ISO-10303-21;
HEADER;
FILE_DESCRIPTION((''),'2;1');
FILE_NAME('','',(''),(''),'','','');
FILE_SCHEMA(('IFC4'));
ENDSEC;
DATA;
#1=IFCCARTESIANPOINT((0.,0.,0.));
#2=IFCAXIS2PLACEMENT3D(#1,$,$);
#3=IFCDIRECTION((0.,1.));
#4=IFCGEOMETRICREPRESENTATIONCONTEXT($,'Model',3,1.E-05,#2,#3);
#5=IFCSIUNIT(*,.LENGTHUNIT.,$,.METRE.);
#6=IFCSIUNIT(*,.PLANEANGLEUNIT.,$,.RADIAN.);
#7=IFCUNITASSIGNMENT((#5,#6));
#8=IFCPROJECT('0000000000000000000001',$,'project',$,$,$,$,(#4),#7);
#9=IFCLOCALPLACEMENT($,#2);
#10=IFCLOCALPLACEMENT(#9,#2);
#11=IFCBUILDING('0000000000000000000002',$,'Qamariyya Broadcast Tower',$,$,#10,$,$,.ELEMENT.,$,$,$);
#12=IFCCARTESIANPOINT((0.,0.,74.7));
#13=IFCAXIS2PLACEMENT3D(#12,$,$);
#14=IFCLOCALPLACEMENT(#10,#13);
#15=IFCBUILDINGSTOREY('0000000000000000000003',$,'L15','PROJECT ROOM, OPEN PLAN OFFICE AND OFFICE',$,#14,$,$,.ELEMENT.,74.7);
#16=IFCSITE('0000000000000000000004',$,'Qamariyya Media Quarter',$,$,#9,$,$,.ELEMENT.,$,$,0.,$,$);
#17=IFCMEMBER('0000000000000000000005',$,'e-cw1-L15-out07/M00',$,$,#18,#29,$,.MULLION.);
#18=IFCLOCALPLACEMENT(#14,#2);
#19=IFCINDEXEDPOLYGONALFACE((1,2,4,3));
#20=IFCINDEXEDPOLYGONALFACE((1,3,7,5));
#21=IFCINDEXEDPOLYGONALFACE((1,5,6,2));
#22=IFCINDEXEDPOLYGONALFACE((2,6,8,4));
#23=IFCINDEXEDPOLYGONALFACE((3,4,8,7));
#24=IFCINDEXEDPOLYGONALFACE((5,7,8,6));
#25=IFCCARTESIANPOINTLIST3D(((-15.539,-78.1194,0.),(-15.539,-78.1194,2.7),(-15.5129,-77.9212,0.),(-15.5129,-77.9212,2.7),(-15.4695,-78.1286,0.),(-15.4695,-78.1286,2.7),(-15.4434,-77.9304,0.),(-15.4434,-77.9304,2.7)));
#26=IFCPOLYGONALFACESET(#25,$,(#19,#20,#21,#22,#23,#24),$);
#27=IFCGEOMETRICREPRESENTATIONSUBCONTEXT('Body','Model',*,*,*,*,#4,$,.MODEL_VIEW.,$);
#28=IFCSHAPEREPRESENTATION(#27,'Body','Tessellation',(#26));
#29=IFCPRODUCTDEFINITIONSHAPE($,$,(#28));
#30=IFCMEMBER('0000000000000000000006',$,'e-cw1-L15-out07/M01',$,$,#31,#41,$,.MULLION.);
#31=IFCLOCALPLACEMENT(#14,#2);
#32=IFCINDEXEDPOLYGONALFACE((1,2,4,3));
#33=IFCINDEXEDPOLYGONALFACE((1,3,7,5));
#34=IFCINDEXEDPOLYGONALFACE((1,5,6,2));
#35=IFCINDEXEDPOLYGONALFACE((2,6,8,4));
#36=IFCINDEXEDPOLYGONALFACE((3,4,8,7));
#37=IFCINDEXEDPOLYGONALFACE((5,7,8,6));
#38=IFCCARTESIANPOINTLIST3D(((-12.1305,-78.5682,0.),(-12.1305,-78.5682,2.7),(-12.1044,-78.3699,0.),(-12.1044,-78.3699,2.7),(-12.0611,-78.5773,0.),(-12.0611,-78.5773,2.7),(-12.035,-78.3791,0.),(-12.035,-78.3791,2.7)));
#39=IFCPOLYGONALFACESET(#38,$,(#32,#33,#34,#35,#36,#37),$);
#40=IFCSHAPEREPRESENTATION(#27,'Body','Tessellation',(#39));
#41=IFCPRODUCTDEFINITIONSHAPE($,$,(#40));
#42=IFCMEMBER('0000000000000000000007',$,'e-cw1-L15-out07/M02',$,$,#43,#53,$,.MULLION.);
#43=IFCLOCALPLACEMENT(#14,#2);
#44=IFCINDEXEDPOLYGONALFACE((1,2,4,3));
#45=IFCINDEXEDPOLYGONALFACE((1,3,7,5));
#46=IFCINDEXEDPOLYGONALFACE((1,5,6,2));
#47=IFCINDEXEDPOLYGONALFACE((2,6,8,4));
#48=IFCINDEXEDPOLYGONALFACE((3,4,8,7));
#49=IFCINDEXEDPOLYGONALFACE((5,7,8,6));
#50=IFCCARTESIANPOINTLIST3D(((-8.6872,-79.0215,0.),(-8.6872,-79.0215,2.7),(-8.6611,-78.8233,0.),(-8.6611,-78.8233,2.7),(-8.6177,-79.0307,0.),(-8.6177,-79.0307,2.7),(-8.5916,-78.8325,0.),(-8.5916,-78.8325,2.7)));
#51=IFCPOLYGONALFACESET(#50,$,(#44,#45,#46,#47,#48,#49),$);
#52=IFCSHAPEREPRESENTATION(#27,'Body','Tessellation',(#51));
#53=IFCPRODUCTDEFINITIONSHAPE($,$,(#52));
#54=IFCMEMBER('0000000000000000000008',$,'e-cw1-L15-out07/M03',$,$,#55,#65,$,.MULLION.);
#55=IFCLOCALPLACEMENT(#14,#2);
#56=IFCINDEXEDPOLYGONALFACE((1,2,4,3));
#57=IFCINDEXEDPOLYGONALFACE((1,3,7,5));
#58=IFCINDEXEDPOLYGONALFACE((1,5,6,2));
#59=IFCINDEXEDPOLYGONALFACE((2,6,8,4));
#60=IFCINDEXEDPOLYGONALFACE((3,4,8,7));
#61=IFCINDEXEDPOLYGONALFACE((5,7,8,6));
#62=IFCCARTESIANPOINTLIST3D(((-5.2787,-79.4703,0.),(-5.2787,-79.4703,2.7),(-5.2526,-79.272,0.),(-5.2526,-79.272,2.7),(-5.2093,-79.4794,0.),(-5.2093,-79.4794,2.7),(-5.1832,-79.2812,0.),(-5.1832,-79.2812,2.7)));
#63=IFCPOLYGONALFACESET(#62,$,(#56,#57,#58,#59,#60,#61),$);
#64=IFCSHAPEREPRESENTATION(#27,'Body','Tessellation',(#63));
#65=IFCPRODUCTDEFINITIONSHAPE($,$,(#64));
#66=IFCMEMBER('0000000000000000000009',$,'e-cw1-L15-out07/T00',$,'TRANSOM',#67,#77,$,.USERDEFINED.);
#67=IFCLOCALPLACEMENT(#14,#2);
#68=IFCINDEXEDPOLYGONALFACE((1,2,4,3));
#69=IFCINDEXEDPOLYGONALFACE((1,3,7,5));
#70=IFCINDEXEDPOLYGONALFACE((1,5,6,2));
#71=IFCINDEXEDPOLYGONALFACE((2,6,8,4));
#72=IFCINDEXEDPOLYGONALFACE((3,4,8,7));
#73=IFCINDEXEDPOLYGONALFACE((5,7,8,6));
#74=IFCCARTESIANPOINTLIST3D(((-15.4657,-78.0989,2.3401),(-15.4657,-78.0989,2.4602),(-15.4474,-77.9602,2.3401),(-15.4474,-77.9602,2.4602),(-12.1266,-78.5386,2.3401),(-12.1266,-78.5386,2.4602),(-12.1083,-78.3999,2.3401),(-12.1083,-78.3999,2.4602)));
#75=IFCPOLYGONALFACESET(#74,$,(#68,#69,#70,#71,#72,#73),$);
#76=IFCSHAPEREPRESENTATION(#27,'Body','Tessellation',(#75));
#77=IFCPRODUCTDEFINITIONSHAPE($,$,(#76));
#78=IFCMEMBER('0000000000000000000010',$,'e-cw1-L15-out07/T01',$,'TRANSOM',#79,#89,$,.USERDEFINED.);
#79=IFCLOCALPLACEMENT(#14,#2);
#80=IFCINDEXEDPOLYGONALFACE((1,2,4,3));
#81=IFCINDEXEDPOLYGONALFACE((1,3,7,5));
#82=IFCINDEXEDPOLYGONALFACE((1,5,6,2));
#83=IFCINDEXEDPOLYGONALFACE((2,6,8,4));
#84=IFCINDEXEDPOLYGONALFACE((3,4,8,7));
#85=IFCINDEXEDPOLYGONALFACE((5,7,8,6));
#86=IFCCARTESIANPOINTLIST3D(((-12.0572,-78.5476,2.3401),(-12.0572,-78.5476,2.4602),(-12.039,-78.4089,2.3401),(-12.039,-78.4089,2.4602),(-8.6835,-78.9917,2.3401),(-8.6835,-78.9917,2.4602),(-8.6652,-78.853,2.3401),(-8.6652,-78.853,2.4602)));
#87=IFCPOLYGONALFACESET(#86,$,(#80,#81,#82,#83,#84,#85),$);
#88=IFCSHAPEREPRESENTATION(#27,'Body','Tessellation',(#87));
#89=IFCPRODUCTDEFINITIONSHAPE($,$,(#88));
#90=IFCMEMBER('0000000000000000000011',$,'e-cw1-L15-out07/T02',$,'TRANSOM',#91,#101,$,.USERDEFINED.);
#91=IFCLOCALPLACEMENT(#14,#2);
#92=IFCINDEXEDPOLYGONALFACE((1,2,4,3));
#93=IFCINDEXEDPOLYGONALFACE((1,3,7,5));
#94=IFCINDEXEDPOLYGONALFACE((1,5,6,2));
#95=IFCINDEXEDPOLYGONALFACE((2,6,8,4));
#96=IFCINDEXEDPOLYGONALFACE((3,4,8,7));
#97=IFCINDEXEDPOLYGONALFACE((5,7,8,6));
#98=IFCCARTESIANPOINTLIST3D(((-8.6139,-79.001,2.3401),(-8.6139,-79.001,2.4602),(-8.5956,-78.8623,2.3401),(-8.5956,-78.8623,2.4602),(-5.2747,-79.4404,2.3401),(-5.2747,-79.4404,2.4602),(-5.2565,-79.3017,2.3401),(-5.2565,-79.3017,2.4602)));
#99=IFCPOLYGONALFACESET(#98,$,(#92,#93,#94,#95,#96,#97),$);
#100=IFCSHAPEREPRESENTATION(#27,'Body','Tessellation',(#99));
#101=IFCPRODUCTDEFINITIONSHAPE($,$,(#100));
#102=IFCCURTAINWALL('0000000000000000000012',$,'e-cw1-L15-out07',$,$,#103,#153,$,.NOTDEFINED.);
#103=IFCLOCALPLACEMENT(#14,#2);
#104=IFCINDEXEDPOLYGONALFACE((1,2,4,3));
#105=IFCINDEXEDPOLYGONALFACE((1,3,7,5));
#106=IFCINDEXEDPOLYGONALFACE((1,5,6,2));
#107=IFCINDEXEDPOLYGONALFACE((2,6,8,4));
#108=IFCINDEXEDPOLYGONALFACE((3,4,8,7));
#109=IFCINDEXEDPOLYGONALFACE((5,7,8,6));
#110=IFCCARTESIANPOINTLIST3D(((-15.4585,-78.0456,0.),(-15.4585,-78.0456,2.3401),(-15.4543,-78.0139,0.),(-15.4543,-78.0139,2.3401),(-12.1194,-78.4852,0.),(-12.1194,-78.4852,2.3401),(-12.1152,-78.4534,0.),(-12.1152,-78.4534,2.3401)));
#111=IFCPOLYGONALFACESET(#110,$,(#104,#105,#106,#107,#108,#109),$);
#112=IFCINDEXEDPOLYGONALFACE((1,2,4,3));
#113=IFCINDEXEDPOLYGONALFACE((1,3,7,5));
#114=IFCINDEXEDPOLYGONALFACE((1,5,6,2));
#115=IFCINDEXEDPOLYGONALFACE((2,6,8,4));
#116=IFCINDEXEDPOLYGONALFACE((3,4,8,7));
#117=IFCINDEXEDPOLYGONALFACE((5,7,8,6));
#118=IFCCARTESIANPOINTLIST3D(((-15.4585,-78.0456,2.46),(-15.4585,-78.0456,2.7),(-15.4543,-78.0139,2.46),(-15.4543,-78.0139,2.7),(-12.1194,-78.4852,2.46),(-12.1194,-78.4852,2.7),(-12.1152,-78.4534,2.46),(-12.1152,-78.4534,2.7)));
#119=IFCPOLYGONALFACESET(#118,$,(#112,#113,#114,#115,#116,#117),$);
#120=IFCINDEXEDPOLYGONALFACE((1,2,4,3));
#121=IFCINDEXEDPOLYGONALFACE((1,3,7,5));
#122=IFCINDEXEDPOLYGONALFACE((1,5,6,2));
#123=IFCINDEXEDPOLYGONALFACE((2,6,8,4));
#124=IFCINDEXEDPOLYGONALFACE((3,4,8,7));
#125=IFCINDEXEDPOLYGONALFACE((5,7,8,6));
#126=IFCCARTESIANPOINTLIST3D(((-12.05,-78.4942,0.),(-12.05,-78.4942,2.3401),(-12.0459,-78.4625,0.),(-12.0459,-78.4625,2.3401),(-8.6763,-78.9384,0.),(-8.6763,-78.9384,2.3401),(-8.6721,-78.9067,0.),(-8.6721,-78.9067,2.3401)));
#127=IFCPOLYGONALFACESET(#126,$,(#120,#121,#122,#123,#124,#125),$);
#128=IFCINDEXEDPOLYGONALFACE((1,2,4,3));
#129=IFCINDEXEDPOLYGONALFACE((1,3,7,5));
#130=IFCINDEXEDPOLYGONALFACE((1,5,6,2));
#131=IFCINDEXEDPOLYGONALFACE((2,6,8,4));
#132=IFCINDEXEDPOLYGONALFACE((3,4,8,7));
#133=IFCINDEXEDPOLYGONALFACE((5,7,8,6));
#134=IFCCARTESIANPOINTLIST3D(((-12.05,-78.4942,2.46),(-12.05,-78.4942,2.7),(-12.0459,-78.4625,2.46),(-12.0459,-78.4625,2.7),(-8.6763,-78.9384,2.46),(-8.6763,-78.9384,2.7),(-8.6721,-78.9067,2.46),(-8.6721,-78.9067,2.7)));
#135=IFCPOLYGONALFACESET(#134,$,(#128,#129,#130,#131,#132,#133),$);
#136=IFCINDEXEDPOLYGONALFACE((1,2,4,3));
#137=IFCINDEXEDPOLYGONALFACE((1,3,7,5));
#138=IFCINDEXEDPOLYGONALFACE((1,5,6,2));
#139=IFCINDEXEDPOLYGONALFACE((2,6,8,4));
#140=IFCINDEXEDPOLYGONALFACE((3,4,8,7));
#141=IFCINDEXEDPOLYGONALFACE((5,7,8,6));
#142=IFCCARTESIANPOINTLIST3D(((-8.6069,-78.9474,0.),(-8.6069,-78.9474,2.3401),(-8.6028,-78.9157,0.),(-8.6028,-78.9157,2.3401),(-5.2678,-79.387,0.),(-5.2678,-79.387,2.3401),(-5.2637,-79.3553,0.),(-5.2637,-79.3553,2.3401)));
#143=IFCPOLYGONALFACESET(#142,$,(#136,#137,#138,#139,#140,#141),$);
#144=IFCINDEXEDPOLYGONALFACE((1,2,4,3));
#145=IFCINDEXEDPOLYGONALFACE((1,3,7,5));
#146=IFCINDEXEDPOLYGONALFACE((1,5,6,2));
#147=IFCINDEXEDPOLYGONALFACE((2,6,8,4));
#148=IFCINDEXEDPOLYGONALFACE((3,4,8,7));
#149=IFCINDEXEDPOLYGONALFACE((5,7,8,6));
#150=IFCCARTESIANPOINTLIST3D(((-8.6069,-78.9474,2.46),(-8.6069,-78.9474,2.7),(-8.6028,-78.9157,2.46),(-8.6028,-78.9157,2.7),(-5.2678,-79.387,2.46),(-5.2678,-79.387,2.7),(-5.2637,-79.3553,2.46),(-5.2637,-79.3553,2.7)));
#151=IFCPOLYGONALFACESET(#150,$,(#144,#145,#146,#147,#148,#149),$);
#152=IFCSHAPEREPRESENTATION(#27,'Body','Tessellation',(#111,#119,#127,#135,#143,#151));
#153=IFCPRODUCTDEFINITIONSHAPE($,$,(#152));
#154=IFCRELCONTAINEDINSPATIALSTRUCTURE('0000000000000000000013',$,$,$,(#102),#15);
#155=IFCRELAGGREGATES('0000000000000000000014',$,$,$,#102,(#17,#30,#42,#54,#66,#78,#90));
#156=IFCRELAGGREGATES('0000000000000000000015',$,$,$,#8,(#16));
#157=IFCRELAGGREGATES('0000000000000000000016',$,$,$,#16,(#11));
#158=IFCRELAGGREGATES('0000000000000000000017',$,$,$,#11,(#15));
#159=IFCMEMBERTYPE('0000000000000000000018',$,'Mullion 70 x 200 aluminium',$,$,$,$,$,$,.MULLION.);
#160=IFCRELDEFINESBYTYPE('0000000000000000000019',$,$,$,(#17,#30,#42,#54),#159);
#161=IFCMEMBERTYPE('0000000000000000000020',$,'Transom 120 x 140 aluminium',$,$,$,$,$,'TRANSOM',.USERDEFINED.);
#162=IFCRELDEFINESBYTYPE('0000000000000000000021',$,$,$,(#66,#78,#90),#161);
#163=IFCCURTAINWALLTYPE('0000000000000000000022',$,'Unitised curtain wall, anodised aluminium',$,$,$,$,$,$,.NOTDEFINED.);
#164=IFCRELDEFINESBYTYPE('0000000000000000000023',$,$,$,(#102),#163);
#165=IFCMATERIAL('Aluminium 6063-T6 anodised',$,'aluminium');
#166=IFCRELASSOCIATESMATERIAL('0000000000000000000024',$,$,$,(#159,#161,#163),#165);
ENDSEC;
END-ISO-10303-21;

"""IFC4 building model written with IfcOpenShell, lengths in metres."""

from ifc_helpers import new_model, si_unit, direction, frame, origin, origin_2d, place, context, subcontext, project, spatial, rectangle, extrude, material, material_profile, profile_set, type_object, element, aggregate, save


model = new_model("IFC4")

# Units and contexts
model_context = context("Model", 3, precision=1e-05, world=origin(), true_north=direction((0.0, 1.0)))
body_context = subcontext(model_context, "Body", "Model", "MODEL_VIEW")
ifc_project = project(units=[si_unit("LENGTHUNIT", "METRE"), si_unit("PLANEANGLEUNIT", "RADIAN")], contexts=[model_context])

# Members
ifc_material = material(Name="Aluminium 6063-T6 anodised", Category="aluminium")
ifc_material_profile_1 = material_profile(ifc_material, rectangle(XDim=0.2, YDim=0.0701, at=origin_2d()))
ifc_profile_set_1 = profile_set([ifc_material_profile_1], Name="Aluminium 6063-T6 anodised")
member_type_1 = type_object("IfcMemberType", Name="Mullion 70 x 200 aluminium", PredefinedType="MULLION", material=ifc_profile_set_1)
site_placement = place(None, origin())
building_placement = place(site_placement, origin())
storey_placement = place(building_placement, frame((0.0, 0.0, 74.7)))
member_1_placement = place(storey_placement, frame((-15.4912, -78.0249, 0.0), z_axis=(0.0, 0.0, 1.0), x_axis=(0.130526, 0.991445, 0.0)))
member_1 = element("IfcMember", 1, at=member_1_placement, type_object=member_type_1, Name="e-cw1-L15-out07/M00", PredefinedType="MULLION", context=body_context, shape_type="SweptSolid", body=[
    extrude(rectangle(XDim=0.2, YDim=0.0701, at=origin_2d()), origin(), (0.0, 0.0, 1.0), 2.7),
])
member_2_placement = place(storey_placement, frame((-12.0828, -78.4736, 0.0), z_axis=(0.0, 0.0, 1.0), x_axis=(0.130526, 0.991445, 0.0)))
member_2 = element("IfcMember", 2, at=member_2_placement, type_object=member_type_1, Name="e-cw1-L15-out07/M01", PredefinedType="MULLION", context=body_context, shape_type="SweptSolid", body=[
    extrude(rectangle(XDim=0.2, YDim=0.0701, at=origin_2d()), origin(), (0.0, 0.0, 1.0), 2.7),
])
member_3_placement = place(storey_placement, frame((-8.6394, -78.927, 0.0), z_axis=(0.0, 0.0, 1.0), x_axis=(0.130526, 0.991445, 0.0)))
member_3 = element("IfcMember", 3, at=member_3_placement, type_object=member_type_1, Name="e-cw1-L15-out07/M02", PredefinedType="MULLION", context=body_context, shape_type="SweptSolid", body=[
    extrude(rectangle(XDim=0.2, YDim=0.0701, at=origin_2d()), origin(), (0.0, 0.0, 1.0), 2.7),
])
member_4_placement = place(storey_placement, frame((-5.231, -79.3757, 0.0), z_axis=(0.0, 0.0, 1.0), x_axis=(0.130526, 0.991445, 0.0)))
member_4 = element("IfcMember", 4, at=member_4_placement, type_object=member_type_1, Name="e-cw1-L15-out07/M03", PredefinedType="MULLION", context=body_context, shape_type="SweptSolid", body=[
    extrude(rectangle(XDim=0.2, YDim=0.0701, at=origin_2d()), origin(), (0.0, 0.0, 1.0), 2.7),
])
ifc_material_profile_2 = material_profile(ifc_material, rectangle(XDim=0.1399, YDim=0.1201, at=origin_2d()))
ifc_profile_set_2 = profile_set([ifc_material_profile_2], Name="Aluminium 6063-T6 anodised")
member_type_2 = type_object("IfcMemberType", Name="Transom 120 x 140 aluminium", ElementType="TRANSOM", PredefinedType="USERDEFINED", material=ifc_profile_set_2)
member_5_placement = place(storey_placement, frame((-15.4565, -78.0295, 2.4001), z_axis=(0.991441, -0.130554, 0.0), x_axis=(0.130554, 0.991441, 0.0)))
member_5 = element("IfcMember", 5, at=member_5_placement, type_object=member_type_2, Name="e-cw1-L15-out07/T00", ObjectType="TRANSOM", PredefinedType="USERDEFINED", context=body_context, shape_type="SweptSolid", body=[
    extrude(rectangle(XDim=0.1399, YDim=0.1201, at=origin_2d()), origin(), (0.0, 0.0, 1.0), 3.3679),
])
member_6_placement = place(storey_placement, frame((-12.0481, -78.4783, 2.4001), z_axis=(0.991448, -0.130505, 0.0), x_axis=(0.130505, 0.991448, 0.0)))
member_6 = element("IfcMember", 6, at=member_6_placement, type_object=member_type_2, Name="e-cw1-L15-out07/T01", ObjectType="TRANSOM", PredefinedType="USERDEFINED", context=body_context, shape_type="SweptSolid", body=[
    extrude(rectangle(XDim=0.1399, YDim=0.1201, at=origin_2d()), origin(), (0.0, 0.0, 1.0), 3.4028),
])
member_7_placement = place(storey_placement, frame((-8.6047, -78.9316, 2.4001), z_axis=(0.991451, -0.130483, 0.0), x_axis=(0.130483, 0.991451, 0.0)))
member_7 = element("IfcMember", 7, at=member_7_placement, type_object=member_type_2, Name="e-cw1-L15-out07/T02", ObjectType="TRANSOM", PredefinedType="USERDEFINED", context=body_context, shape_type="SweptSolid", body=[
    extrude(rectangle(XDim=0.1399, YDim=0.1201, at=origin_2d()), origin(), (0.0, 0.0, 1.0), 3.3679),
])

# Site, building, storey
site = spatial("IfcSite", under=ifc_project, at=site_placement, Name="Qamariyya Media Quarter", CompositionType="ELEMENT", RefElevation=0.0)
building = spatial("IfcBuilding", under=site, at=building_placement, Name="Qamariyya Broadcast Tower", CompositionType="ELEMENT")
storey = spatial("IfcBuildingStorey", under=building, at=storey_placement, Name="L15", Description="PROJECT ROOM, OPEN PLAN OFFICE AND OFFICE", CompositionType="ELEMENT", Elevation=74.7)

# Curtain wall
curtain_wall_type = type_object("IfcCurtainWallType", Name="Unitised curtain wall, anodised aluminium", PredefinedType="NOTDEFINED", material=ifc_material)
curtain_wall_1_placement = place(storey_placement, origin())
curtain_wall_1 = element("IfcCurtainWall", 8, at=curtain_wall_1_placement, inside=storey, type_object=curtain_wall_type, Name="e-cw1-L15-out07", PredefinedType="NOTDEFINED", context=body_context, shape_type="SweptSolid", body=[
    extrude(rectangle(XDim=3.3679, YDim=0.032, at=origin_2d()), frame((-13.7869, -78.2495, 0.0), x_axis=(0.991446, -0.130521, 0.0)), (0.0, 0.0, 1.0), 2.3401),
    extrude(rectangle(XDim=3.3679, YDim=0.032, at=origin_2d()), frame((-13.7869, -78.2495, 2.46), x_axis=(0.991446, -0.130521, 0.0)), (0.0, 0.0, 1.0), 0.24),
    extrude(rectangle(XDim=3.4028, YDim=0.032, at=origin_2d()), frame((-10.3611, -78.7004, 0.0), x_axis=(0.991446, -0.130521, 0.0)), (0.0, 0.0, 1.0), 2.3401),
    extrude(rectangle(XDim=3.4028, YDim=0.032, at=origin_2d()), frame((-10.3611, -78.7004, 2.46), x_axis=(0.991446, -0.130521, 0.0)), (0.0, 0.0, 1.0), 0.24),
    extrude(rectangle(XDim=3.3679, YDim=0.032, at=origin_2d()), frame((-6.9353, -79.1514, 0.0), x_axis=(0.991446, -0.130521, 0.0)), (0.0, 0.0, 1.0), 2.3401),
    extrude(rectangle(XDim=3.3679, YDim=0.032, at=origin_2d()), frame((-6.9353, -79.1514, 2.46), x_axis=(0.991446, -0.130521, 0.0)), (0.0, 0.0, 1.0), 0.24),
])
aggregate(curtain_wall_1, [member_1, member_2, member_3, member_4, member_5, member_6, member_7])

save(model, "model.ifc")
